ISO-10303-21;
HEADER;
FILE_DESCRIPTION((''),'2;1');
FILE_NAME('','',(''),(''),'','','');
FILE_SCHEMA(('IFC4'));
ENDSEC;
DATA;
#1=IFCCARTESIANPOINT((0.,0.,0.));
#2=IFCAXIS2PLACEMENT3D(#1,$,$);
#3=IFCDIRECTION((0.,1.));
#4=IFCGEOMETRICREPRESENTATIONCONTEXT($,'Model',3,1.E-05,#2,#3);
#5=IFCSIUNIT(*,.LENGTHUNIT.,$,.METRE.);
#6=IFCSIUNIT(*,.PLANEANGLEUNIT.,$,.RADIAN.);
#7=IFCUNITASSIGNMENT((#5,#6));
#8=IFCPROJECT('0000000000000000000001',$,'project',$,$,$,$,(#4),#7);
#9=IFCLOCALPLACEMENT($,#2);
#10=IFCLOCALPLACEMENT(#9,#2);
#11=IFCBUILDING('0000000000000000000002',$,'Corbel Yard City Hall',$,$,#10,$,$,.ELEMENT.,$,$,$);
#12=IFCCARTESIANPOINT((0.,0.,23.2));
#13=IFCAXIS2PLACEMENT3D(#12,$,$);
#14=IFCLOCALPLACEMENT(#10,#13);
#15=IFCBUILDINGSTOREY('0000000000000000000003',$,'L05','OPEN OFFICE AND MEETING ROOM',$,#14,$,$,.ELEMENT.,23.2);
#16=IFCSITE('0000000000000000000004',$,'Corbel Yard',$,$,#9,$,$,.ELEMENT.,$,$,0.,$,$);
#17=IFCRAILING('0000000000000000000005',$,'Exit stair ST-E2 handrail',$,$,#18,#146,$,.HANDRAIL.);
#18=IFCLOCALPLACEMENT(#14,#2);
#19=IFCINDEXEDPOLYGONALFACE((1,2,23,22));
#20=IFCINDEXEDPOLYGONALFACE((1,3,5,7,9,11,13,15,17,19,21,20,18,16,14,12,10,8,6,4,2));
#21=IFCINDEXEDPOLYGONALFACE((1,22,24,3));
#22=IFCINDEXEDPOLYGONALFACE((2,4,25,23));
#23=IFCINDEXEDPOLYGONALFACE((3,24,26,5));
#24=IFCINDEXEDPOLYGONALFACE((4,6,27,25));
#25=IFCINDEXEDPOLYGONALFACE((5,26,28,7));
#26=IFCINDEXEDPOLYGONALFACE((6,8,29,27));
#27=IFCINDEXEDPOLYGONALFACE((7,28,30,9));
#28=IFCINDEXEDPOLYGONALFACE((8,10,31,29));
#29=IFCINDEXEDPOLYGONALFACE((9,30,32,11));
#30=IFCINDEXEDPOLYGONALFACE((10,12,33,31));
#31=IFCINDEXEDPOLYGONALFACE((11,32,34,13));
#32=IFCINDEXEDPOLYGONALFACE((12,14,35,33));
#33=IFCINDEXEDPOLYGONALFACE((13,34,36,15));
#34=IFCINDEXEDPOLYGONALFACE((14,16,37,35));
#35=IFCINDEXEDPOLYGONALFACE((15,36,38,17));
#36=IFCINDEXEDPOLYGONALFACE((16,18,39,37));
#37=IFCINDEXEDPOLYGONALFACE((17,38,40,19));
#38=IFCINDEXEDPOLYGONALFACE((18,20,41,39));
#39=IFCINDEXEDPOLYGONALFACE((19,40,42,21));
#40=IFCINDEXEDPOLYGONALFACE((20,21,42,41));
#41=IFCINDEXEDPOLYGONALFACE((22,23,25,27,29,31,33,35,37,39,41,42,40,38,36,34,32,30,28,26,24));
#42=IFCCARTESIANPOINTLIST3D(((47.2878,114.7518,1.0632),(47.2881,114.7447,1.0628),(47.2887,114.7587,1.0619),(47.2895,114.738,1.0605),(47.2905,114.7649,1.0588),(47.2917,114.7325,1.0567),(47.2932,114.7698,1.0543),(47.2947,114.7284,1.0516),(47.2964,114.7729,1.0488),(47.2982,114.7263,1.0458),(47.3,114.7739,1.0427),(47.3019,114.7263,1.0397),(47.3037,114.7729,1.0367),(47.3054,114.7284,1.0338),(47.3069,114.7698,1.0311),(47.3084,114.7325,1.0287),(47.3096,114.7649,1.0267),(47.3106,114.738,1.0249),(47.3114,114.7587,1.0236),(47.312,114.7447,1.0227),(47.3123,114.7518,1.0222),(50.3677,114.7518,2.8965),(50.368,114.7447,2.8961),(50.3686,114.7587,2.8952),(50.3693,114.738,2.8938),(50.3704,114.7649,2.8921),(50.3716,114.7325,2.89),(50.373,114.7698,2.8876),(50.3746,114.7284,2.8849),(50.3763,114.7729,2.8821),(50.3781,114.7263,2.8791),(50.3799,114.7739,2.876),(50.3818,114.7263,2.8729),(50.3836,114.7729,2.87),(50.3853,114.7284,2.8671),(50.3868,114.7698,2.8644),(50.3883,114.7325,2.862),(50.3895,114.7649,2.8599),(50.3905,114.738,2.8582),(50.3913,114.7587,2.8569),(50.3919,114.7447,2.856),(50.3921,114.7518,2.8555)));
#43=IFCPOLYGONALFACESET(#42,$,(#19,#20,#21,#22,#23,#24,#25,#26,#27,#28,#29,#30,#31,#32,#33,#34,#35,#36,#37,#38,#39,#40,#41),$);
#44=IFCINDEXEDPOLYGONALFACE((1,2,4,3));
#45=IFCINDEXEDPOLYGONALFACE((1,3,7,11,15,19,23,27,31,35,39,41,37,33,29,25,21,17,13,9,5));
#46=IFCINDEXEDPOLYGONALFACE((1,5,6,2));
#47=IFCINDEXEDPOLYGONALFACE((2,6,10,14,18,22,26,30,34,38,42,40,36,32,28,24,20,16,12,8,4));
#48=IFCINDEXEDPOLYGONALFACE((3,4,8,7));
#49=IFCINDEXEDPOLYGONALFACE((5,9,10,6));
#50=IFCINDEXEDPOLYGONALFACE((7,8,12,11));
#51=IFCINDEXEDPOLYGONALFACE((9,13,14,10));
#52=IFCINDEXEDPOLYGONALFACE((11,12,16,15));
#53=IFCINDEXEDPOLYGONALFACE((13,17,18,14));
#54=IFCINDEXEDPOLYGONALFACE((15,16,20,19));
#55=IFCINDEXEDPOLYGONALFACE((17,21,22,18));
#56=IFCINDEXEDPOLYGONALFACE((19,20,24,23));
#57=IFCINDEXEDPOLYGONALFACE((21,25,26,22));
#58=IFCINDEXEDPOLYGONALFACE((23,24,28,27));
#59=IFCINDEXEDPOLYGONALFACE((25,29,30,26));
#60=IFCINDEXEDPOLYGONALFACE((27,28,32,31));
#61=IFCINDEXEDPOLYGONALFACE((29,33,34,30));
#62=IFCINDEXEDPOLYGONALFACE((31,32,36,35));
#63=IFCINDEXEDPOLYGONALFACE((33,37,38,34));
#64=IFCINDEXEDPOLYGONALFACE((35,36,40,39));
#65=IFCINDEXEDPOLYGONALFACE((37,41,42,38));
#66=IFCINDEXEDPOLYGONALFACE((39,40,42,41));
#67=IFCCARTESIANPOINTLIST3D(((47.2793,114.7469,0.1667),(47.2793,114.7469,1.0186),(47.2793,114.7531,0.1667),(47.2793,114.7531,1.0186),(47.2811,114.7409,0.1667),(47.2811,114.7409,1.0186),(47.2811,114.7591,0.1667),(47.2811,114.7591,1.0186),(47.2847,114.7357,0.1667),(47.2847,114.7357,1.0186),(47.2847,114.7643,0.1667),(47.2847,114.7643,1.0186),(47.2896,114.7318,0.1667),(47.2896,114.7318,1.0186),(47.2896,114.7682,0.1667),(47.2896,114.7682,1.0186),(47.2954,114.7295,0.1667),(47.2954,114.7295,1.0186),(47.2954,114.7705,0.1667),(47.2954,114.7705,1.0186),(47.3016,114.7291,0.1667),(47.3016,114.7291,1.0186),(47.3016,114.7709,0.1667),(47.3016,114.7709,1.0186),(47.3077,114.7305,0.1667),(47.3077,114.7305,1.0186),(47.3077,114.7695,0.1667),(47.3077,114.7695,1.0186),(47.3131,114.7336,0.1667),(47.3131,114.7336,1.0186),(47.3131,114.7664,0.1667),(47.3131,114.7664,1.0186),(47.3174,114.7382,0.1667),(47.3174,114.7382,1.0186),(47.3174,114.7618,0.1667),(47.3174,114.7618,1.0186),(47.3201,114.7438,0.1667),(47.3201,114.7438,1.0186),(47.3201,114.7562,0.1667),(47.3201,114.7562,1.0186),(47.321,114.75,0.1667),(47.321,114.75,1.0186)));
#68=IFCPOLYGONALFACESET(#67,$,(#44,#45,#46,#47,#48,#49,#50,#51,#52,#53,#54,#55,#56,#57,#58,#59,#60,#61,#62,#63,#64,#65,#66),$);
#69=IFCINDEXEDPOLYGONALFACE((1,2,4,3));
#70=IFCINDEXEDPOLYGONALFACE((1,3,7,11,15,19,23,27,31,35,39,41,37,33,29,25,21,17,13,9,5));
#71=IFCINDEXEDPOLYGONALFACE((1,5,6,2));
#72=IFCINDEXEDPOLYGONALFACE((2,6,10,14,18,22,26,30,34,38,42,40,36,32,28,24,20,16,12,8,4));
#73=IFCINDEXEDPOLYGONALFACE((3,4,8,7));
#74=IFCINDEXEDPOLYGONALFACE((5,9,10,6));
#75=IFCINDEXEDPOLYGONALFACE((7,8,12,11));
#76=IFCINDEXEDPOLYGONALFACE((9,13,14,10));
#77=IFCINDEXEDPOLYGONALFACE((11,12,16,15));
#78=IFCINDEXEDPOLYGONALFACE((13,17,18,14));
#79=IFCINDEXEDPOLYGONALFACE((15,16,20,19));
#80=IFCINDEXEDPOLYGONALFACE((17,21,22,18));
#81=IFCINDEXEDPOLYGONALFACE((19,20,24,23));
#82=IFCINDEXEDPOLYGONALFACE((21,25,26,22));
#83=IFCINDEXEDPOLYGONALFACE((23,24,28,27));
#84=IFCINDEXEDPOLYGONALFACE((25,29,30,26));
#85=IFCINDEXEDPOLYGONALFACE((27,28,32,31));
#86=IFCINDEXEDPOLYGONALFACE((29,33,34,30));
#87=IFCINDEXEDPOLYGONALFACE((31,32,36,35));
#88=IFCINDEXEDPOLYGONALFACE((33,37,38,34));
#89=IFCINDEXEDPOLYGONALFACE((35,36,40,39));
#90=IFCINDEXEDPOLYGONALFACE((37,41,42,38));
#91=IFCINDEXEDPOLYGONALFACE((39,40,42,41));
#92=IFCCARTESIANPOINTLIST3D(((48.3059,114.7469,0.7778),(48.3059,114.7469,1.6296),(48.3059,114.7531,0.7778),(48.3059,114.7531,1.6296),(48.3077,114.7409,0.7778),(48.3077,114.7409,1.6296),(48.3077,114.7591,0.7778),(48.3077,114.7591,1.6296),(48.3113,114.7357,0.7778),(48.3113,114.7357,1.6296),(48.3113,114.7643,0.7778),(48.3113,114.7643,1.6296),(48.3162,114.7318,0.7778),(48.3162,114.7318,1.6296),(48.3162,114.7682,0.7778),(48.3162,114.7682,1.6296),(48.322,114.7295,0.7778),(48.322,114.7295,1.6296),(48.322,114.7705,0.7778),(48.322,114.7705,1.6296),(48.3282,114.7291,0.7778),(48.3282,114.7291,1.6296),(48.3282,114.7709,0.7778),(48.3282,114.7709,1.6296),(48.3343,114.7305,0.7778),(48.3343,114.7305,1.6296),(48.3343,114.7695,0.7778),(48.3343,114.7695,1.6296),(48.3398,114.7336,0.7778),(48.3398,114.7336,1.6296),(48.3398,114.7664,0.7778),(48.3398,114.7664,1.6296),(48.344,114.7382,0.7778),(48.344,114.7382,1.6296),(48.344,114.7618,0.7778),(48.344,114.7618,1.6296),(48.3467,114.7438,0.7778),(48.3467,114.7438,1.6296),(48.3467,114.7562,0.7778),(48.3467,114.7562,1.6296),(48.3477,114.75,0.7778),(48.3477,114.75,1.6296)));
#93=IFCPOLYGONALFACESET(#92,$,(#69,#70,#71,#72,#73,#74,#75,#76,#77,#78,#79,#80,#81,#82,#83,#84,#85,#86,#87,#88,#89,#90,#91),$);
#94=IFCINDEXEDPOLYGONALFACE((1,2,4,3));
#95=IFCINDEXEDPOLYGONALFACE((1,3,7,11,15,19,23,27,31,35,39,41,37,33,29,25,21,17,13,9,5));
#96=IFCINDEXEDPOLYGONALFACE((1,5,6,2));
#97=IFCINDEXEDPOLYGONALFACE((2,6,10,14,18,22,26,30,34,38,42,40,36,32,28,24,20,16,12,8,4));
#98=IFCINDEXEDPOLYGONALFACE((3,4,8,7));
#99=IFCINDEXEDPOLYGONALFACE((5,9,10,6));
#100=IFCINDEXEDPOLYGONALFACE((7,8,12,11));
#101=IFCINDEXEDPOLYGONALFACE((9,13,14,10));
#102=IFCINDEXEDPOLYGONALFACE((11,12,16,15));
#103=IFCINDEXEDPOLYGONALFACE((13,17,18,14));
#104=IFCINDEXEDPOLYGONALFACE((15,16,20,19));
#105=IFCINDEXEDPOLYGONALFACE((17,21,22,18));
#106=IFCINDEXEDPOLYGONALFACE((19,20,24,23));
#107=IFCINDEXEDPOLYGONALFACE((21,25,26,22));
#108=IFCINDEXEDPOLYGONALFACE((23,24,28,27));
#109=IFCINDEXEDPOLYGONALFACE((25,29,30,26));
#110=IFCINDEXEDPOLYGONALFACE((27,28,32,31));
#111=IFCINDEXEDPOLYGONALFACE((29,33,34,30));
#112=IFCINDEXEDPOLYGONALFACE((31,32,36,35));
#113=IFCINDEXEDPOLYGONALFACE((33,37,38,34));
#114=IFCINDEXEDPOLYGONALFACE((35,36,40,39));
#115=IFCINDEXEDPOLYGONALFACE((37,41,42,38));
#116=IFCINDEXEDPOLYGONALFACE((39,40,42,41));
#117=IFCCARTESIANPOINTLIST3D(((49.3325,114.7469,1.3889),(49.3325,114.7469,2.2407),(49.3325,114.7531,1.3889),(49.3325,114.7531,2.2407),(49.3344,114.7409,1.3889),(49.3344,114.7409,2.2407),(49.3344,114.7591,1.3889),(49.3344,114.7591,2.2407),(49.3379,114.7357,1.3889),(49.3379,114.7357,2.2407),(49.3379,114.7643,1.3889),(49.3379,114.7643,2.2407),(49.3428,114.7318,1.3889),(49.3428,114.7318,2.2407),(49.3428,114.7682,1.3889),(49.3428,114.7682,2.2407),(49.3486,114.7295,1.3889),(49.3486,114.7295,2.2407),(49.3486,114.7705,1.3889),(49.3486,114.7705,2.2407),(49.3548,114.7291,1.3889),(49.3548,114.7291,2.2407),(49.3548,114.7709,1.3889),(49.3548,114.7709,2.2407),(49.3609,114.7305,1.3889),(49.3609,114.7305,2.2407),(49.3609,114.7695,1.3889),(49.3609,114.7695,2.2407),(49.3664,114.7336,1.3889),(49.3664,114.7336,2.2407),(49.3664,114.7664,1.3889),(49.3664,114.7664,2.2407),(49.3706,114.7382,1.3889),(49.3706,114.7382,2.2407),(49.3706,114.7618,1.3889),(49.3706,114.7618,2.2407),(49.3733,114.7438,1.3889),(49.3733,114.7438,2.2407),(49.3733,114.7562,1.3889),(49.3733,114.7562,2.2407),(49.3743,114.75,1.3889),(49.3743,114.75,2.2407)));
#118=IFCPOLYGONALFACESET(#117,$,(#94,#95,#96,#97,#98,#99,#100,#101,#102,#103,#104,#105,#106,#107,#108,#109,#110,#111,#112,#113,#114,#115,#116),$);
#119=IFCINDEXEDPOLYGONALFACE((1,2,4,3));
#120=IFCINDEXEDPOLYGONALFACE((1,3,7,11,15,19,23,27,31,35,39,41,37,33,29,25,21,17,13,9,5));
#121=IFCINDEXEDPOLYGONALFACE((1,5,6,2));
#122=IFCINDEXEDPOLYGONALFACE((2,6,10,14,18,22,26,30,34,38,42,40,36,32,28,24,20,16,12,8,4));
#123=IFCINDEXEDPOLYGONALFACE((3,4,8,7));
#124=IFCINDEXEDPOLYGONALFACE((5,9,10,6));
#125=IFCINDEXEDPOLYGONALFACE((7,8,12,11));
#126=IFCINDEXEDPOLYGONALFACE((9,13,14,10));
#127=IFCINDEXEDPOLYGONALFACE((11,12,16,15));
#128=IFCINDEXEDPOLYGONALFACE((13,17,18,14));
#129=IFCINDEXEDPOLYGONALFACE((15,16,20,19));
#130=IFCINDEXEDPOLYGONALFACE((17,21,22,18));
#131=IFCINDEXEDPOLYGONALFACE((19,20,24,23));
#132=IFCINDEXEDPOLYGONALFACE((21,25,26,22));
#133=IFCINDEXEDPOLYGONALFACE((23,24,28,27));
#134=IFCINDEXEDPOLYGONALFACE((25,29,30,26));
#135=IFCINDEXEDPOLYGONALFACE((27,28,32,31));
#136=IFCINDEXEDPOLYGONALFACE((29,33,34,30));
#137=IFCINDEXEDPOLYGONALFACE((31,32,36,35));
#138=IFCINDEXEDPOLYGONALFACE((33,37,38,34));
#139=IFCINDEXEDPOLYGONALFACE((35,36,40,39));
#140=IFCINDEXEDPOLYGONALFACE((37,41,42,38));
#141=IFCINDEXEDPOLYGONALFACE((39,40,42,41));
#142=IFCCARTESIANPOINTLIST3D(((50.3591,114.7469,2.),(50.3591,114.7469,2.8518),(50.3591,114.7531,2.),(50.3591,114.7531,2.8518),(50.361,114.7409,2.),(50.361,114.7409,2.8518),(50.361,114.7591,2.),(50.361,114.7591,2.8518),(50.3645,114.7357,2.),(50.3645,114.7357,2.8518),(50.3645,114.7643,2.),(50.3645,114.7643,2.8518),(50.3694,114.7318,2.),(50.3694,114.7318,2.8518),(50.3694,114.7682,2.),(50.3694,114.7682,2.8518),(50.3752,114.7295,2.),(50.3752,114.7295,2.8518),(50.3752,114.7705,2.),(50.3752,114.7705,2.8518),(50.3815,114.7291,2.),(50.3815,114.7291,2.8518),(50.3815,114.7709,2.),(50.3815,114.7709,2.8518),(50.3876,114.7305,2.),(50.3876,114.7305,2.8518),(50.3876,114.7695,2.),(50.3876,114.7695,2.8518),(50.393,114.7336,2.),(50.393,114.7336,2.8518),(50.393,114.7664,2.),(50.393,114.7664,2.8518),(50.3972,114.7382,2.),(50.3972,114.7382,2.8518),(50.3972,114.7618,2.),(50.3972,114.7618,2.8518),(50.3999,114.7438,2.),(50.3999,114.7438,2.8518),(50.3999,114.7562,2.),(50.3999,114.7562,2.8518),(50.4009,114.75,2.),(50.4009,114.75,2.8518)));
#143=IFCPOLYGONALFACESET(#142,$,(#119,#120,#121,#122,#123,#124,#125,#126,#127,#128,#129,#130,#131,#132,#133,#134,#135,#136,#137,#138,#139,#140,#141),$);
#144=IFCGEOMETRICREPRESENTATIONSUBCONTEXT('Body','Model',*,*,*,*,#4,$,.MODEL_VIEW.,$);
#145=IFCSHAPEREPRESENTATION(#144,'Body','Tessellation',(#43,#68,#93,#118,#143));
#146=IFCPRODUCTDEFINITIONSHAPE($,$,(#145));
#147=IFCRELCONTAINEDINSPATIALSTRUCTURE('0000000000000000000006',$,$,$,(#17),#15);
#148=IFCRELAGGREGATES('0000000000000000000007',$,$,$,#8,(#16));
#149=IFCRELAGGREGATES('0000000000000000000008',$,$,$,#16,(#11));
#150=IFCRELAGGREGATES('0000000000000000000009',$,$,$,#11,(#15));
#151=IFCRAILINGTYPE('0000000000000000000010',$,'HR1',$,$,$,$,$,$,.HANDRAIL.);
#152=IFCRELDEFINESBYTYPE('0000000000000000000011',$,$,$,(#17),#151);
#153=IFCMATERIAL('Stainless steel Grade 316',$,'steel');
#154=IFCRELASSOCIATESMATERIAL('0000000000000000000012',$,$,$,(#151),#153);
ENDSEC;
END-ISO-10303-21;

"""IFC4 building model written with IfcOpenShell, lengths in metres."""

from ifc_helpers import new_model, si_unit, direction, frame, origin, origin_2d, place, context, subcontext, project, spatial, circle, extrude, material, type_object, element, save


model = new_model("IFC4")

# Units and contexts
model_context = context("Model", 3, precision=1e-05, world=origin(), true_north=direction((0.0, 1.0)))
body_context = subcontext(model_context, "Body", "Model", "MODEL_VIEW")
ifc_project = project(units=[si_unit("LENGTHUNIT", "METRE"), si_unit("PLANEANGLEUNIT", "RADIAN")], contexts=[model_context])

# Site, building, storey
site_placement = place(None, origin())
site = spatial("IfcSite", under=ifc_project, at=site_placement, Name="Corbel Yard", CompositionType="ELEMENT", RefElevation=0.0)
building_placement = place(site_placement, origin())
building = spatial("IfcBuilding", under=site, at=building_placement, Name="Corbel Yard City Hall", CompositionType="ELEMENT")
storey_placement = place(building_placement, frame((0.0, 0.0, 23.2)))
storey = spatial("IfcBuildingStorey", under=building, at=storey_placement, Name="L05", Description="OPEN OFFICE AND MEETING ROOM", CompositionType="ELEMENT", Elevation=23.2)

# Shared definitions
ifc_material_1 = material(Name="Stainless steel Grade 316", Category="steel")

# Railing
railing_type = type_object("IfcRailingType", Name="HR1", PredefinedType="HANDRAIL", material=ifc_material_1)
railing_placement = place(storey_placement, frame((47.3, 114.75, 0.1667)))
element("IfcRailing", 1, at=railing_placement, inside=storey, type_object=railing_type, Name="Exit stair ST-E2 handrail", PredefinedType="HANDRAIL", context=body_context, shape_type="SweptSolid", body=[
    extrude(circle(Radius=0.0239, at=origin_2d()), frame((0.0, 0.0, 0.876), z_axis=(0.859291, 0.0, 0.511487), x_axis=(0.0, 1.0, 0.0)), (0.0, 0.0, 1.0), 3.5842),
    extrude(circle(Radius=0.021, at=origin_2d()), origin(), (0.0, 0.0, 1.0), 0.8518),
    extrude(circle(Radius=0.021, at=origin_2d()), frame((1.0266, 0.0, 0.6111)), (0.0, 0.0, 1.0), 0.8518),
    extrude(circle(Radius=0.021, at=origin_2d()), frame((2.0532, 0.0, 1.2222)), (0.0, 0.0, 1.0), 0.8518),
    extrude(circle(Radius=0.021, at=origin_2d()), frame((3.0798, 0.0, 1.8333)), (0.0, 0.0, 1.0), 0.8518),
])

save(model, "model.ifc")
